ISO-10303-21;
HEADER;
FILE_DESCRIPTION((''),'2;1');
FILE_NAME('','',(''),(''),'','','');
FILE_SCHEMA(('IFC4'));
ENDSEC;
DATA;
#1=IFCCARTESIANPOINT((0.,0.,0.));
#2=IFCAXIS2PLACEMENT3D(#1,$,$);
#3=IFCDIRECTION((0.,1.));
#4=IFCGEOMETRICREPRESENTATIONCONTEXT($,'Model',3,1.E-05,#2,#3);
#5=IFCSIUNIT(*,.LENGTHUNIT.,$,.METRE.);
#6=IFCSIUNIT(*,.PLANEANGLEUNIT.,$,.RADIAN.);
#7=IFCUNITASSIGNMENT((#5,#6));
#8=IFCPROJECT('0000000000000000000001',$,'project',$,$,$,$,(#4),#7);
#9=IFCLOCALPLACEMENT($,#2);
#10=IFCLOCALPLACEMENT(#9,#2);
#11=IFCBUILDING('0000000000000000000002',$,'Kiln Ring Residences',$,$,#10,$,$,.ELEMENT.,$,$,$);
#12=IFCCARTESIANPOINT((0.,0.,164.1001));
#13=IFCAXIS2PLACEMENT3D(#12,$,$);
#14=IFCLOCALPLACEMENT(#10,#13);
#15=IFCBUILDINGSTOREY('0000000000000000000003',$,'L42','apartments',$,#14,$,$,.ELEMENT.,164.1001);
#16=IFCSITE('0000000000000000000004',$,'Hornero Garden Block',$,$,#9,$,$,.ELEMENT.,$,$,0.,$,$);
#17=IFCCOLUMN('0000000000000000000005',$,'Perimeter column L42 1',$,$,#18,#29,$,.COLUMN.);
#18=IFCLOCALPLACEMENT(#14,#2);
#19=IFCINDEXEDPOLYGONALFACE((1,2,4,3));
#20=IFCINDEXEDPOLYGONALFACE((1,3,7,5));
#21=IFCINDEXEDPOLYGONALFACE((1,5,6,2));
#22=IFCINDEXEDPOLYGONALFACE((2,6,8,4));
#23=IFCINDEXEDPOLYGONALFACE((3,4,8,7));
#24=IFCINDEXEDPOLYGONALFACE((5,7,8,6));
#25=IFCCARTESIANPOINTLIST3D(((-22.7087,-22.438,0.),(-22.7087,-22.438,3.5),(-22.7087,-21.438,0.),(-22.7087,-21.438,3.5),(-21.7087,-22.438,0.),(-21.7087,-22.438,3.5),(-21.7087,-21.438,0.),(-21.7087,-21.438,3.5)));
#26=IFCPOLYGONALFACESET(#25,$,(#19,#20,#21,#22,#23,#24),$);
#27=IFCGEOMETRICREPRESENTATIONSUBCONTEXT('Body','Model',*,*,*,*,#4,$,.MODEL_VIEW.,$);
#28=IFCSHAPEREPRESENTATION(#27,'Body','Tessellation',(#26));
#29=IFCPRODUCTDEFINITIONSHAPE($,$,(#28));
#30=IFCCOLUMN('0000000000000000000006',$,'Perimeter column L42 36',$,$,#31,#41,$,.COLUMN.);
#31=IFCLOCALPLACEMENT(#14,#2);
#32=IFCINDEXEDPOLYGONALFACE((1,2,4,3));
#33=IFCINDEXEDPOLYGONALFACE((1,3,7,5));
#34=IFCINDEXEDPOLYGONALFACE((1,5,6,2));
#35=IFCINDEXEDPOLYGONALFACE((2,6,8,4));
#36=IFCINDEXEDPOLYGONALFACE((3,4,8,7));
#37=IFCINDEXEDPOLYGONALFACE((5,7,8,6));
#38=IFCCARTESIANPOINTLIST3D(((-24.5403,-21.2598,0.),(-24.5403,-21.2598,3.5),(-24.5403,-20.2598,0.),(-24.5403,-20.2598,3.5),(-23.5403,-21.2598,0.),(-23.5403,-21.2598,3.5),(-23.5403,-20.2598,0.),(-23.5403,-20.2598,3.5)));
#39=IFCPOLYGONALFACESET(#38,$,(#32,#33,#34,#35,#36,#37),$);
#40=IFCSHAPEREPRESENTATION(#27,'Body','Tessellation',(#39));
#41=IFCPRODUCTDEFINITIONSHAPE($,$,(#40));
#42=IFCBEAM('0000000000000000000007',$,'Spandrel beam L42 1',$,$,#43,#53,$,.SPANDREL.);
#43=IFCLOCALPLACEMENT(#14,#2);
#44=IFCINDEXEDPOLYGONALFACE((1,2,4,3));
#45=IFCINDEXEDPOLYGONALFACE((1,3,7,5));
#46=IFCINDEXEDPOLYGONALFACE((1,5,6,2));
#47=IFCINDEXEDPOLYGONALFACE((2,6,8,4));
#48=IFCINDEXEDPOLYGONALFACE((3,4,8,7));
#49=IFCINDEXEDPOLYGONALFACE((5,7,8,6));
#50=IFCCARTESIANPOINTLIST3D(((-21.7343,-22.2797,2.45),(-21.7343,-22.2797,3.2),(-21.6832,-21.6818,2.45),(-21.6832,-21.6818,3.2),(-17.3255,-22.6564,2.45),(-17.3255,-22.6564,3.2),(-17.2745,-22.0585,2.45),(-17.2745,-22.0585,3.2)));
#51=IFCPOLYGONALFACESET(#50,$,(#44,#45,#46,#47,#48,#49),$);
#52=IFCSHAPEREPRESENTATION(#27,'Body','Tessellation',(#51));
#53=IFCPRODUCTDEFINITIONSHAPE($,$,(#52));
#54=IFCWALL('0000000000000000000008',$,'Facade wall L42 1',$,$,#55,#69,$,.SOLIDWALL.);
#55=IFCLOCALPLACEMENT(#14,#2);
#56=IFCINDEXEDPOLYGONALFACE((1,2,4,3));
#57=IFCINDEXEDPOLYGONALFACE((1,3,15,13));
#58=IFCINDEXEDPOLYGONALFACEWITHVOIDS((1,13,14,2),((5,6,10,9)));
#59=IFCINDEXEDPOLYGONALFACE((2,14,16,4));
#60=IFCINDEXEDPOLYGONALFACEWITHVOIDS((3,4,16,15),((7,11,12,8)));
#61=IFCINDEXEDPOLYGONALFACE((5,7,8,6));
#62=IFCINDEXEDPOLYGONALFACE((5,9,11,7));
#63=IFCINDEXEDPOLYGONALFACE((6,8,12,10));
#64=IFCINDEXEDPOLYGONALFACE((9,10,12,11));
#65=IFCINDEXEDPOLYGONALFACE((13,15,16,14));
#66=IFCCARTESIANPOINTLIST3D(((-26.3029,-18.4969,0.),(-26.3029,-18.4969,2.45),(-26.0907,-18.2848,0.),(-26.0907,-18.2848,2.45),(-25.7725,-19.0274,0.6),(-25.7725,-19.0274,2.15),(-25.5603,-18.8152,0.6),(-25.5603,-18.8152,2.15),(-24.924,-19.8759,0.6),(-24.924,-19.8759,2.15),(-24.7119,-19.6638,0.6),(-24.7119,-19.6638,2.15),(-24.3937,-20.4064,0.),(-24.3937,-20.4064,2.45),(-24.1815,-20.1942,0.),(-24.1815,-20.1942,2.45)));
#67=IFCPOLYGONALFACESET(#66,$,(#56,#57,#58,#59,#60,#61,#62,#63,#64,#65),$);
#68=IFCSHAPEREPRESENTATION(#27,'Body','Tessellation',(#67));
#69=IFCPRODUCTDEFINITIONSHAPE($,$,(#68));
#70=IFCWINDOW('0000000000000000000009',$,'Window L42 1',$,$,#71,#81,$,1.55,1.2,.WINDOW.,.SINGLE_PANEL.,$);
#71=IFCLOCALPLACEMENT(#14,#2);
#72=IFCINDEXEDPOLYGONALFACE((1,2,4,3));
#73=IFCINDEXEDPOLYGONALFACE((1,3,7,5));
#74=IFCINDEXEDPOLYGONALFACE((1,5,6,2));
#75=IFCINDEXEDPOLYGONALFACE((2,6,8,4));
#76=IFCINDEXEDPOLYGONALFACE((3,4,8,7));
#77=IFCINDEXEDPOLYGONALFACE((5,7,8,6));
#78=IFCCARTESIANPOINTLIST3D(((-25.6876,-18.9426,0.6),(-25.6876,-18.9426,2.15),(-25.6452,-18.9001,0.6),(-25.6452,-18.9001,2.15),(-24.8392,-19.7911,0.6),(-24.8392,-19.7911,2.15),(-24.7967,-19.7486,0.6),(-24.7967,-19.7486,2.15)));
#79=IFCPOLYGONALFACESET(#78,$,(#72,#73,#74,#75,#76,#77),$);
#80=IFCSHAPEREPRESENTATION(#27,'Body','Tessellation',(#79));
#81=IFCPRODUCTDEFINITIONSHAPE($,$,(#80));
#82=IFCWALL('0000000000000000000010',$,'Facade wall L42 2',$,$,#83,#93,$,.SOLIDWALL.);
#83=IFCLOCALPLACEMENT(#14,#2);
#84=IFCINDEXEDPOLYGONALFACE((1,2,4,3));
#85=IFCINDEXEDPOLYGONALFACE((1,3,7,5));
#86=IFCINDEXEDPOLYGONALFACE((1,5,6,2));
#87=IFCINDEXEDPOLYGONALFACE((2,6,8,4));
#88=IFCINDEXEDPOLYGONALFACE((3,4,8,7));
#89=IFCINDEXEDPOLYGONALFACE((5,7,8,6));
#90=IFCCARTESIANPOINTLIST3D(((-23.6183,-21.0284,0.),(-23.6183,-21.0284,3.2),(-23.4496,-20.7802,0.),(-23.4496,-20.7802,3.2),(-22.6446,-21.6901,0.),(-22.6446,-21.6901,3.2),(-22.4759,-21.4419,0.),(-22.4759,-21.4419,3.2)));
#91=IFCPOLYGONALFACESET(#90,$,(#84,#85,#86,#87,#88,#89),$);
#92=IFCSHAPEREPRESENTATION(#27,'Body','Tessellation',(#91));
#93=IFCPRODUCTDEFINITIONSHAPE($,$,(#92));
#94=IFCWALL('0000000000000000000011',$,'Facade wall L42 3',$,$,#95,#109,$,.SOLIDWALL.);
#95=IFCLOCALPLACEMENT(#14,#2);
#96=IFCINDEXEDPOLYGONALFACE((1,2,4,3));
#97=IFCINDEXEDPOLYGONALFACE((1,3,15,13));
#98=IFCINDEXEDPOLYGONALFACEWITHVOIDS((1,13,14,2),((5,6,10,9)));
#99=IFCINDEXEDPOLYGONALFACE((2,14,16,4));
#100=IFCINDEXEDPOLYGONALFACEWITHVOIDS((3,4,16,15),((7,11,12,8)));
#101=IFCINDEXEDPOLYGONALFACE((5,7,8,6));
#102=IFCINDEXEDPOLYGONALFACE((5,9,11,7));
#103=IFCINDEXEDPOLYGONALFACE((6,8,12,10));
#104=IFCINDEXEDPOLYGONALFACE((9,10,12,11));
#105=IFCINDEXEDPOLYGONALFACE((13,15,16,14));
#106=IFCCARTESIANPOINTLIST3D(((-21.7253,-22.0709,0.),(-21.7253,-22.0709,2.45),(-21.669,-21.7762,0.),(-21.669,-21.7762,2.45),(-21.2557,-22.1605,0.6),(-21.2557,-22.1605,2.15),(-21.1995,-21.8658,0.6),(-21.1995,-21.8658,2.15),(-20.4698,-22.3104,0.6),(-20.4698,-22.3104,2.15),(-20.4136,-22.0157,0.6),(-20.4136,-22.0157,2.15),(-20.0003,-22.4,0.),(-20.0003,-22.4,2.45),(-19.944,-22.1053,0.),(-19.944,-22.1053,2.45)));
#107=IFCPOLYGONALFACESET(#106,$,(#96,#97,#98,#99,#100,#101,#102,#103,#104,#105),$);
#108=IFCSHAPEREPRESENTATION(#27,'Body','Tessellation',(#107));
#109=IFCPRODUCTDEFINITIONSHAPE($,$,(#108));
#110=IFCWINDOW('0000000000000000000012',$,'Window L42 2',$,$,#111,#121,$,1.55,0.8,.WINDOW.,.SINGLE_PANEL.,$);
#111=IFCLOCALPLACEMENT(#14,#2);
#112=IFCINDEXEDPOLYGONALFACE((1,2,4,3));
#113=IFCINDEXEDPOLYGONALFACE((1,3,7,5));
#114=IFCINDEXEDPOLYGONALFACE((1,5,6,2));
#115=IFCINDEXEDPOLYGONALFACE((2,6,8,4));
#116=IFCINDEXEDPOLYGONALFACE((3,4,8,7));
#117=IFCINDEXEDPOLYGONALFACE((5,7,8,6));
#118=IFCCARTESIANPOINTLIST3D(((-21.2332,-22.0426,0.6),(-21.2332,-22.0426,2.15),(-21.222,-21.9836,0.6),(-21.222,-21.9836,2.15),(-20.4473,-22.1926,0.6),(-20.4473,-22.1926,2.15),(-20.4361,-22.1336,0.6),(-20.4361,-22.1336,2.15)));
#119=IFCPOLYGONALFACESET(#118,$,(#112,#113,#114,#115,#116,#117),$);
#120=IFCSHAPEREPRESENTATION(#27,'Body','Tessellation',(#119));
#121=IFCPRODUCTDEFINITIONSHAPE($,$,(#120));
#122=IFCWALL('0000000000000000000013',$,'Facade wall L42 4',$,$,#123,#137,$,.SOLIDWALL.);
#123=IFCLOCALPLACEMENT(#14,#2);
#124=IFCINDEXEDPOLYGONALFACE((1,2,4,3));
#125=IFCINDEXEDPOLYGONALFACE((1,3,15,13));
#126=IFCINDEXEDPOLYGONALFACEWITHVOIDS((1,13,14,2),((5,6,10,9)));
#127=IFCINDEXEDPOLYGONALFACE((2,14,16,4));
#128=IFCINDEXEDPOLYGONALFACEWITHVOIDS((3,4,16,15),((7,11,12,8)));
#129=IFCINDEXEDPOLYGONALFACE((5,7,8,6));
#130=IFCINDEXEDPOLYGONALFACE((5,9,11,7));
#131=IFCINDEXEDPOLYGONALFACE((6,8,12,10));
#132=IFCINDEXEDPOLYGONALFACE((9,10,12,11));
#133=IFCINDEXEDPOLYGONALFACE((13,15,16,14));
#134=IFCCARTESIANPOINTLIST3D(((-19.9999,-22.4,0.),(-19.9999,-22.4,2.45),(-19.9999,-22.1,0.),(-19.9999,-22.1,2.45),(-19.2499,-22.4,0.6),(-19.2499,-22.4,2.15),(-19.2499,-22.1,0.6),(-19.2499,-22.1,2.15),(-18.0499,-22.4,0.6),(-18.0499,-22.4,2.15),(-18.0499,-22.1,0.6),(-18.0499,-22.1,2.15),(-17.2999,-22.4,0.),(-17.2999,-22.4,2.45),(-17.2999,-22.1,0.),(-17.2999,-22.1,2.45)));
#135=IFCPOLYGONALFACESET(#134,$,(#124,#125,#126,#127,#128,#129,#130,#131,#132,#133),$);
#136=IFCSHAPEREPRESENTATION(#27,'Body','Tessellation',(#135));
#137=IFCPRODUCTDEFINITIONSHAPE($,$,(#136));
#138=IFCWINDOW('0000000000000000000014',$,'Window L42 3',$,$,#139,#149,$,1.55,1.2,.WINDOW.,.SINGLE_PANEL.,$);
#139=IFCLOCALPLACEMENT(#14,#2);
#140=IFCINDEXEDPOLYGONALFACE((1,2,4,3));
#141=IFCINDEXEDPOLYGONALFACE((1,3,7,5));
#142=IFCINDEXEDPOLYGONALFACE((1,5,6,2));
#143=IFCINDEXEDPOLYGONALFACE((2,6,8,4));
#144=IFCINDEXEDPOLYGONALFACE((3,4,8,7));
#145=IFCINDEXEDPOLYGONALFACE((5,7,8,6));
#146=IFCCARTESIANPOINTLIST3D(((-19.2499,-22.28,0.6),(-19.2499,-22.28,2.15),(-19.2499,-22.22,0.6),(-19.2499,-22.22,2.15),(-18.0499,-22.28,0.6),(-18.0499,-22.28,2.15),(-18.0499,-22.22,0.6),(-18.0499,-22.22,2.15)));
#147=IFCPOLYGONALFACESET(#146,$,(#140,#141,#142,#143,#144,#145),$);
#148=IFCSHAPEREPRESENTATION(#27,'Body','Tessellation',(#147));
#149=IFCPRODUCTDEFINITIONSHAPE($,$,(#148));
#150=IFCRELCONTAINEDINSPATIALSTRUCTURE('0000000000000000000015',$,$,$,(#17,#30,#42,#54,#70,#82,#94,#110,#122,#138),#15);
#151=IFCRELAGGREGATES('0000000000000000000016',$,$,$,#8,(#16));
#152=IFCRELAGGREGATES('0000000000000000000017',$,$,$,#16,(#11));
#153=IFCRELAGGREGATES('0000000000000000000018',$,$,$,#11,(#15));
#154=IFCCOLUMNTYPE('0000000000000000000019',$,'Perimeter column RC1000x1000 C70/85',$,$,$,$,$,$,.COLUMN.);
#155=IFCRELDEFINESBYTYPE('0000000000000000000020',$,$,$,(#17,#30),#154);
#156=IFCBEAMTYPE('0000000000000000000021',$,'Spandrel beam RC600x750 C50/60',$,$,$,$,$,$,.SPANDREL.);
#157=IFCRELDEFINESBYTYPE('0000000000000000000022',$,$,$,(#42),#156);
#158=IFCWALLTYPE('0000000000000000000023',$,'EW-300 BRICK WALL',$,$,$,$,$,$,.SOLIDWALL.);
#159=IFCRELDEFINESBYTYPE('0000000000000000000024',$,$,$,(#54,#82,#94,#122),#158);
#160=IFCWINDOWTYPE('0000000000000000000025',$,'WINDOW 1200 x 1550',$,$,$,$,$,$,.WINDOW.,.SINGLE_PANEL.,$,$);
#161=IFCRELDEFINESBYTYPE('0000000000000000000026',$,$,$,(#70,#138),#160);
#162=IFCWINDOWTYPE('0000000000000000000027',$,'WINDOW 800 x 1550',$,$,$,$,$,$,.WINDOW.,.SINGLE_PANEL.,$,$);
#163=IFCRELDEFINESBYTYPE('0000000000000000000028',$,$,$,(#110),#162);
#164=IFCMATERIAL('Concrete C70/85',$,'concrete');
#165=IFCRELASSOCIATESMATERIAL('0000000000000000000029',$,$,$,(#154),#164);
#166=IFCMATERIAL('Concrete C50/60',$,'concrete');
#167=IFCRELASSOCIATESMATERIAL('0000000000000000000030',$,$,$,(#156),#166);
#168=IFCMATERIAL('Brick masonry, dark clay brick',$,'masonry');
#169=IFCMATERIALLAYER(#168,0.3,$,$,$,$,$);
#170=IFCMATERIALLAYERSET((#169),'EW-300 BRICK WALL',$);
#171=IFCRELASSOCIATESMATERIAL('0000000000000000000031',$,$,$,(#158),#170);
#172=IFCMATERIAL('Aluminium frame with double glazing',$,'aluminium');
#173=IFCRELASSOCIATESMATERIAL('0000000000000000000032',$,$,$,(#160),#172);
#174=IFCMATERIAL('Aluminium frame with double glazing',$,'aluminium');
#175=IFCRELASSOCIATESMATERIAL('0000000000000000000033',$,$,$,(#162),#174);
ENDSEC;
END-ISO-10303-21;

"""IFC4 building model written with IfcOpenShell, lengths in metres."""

from ifc_helpers import new_model, si_unit, direction, frame, frame_2d, origin, origin_2d, place, context, subcontext, project, spatial, rectangle, extrude, material, layer, layer_set, material_profile, profile_set, type_object, element, fill, save


model = new_model("IFC4")

# Units and contexts
model_context = context("Model", 3, precision=1e-05, world=origin(), true_north=direction((0.0, 1.0)))
body_context = subcontext(model_context, "Body", "Model", "MODEL_VIEW")
ifc_project = project(units=[si_unit("LENGTHUNIT", "METRE"), si_unit("PLANEANGLEUNIT", "RADIAN")], contexts=[model_context])

# Site, building, storey
site_placement = place(None, origin())
site = spatial("IfcSite", under=ifc_project, at=site_placement, Name="Hornero Garden Block", CompositionType="ELEMENT", RefElevation=0.0)
building_placement = place(site_placement, origin())
building = spatial("IfcBuilding", under=site, at=building_placement, Name="Kiln Ring Residences", CompositionType="ELEMENT")
storey_placement = place(building_placement, frame((0.0, 0.0, 164.1001)))
storey = spatial("IfcBuildingStorey", under=building, at=storey_placement, Name="L42", Description="apartments", CompositionType="ELEMENT", Elevation=164.1001)

# Columns
ifc_material_1 = material(Name="Concrete C70/85", Category="concrete")
ifc_material_profile_1 = material_profile(ifc_material_1, rectangle(XDim=1.0, YDim=1.0, at=origin_2d()), Name="RC1000x1000")
ifc_profile_set_1 = profile_set([ifc_material_profile_1], Name="Concrete C70/85")
column_type = type_object("IfcColumnType", Name="Perimeter column RC1000x1000 C70/85", PredefinedType="COLUMN", material=ifc_profile_set_1)
for number, where, z_axis, x_axis, name in (
    (1, (-22.2087, -21.938, 0.0), (0.0, 0.0, 1.0), (1.0, 0.0, 0.0), "Perimeter column L42 1"),
    (2, (-24.0403, -20.7598, 0.0), (0.0, 0.0, 1.0), (1.0, 0.0, 0.0), "Perimeter column L42 36"),
):
    element("IfcColumn", number, at=place(storey_placement, frame(where, z_axis=z_axis, x_axis=x_axis)), inside=storey, type_object=column_type, Name=name, PredefinedType="COLUMN", context=body_context, shape_type="SweptSolid", body=[
        extrude(rectangle(XDim=1.0, YDim=1.0, at=origin_2d()), origin(), (0.0, 0.0, 1.0), 3.5),
    ])

# Beam
ifc_material_2 = material(Name="Concrete C50/60", Category="concrete")
ifc_material_profile_2 = material_profile(ifc_material_2, rectangle(XDim=0.6001, YDim=0.75, at=origin_2d()), Name="RC600x750")
ifc_profile_set_2 = profile_set([ifc_material_profile_2], Name="Concrete C50/60")
beam_type = type_object("IfcBeamType", Name="Spandrel beam RC600x750 C50/60", PredefinedType="SPANDREL", material=ifc_profile_set_2)
beam_placement = place(storey_placement, frame((-21.7087, -21.9807, 2.825), z_axis=(0.996369, -0.085137, 0.0), x_axis=(0.085137, 0.996369, 0.0)))
element("IfcBeam", 3, at=beam_placement, inside=storey, type_object=beam_type, Name="Spandrel beam L42 1", PredefinedType="SPANDREL", context=body_context, shape_type="SweptSolid", body=[
    extrude(rectangle(XDim=0.6001, YDim=0.75, at=origin_2d()), origin(), (0.0, 0.0, 1.0), 4.4248),
])

# Wall, opening, window
ifc_material_3 = material(Name="Brick masonry, dark clay brick", Category="masonry")
ifc_layer_1 = layer(ifc_material_3, 0.3)
ifc_layer_set_1 = layer_set([ifc_layer_1], Name="EW-300 BRICK WALL")
wall_type_1 = type_object("IfcWallType", Name="EW-300 BRICK WALL", PredefinedType="SOLIDWALL", material=ifc_layer_set_1)
wall_1_placement = place(storey_placement, frame((-26.1968, -18.3909, 0.0), z_axis=(0.0, 0.0, 1.0), x_axis=(0.707062, -0.707152, 0.0)))
wall_1 = element("IfcWall", 4, at=wall_1_placement, inside=storey, type_object=wall_type_1, Name="Facade wall L42 1", PredefinedType="SOLIDWALL", context=body_context, shape_type="SweptSolid", body=[
    extrude(rectangle(XDim=2.7002, YDim=0.3, at=frame_2d((1.3501, 0.0))), origin(), (0.0, 0.0, 1.0), 2.45),
])
opening_1_placement = place(wall_1_placement, frame((0.75, 0.0, 0.6001)))
opening_1 = element("IfcOpeningElement", 5, at=opening_1_placement, cuts=wall_1, PredefinedType="OPENING", context=body_context, shape_type="SweptSolid", body=[
    extrude(rectangle(XDim=1.2, YDim=1.55, at=frame_2d((0.6001, 0.7749))), frame((0.0, 0.1599, 0.0), z_axis=(0.0, -1.0, 0.0), x_axis=(1.0, 0.0, 0.0)), (0.0, 0.0, 1.0), 0.3201),
])
ifc_material_4 = material(Name="Aluminium frame with double glazing", Category="aluminium")
window_type_1 = type_object("IfcWindowType", Name="WINDOW 1200 x 1550", PartitioningType="SINGLE_PANEL", PredefinedType="WINDOW", material=ifc_material_4)
window_1_placement = place(opening_1_placement, origin())
window_1 = element("IfcWindow", 6, at=window_1_placement, inside=storey, type_object=window_type_1, Name="Window L42 1", OverallHeight=1.55, OverallWidth=1.2, PartitioningType="SINGLE_PANEL", PredefinedType="WINDOW", context=body_context, shape_type="SweptSolid", body=[
    extrude(rectangle(XDim=1.2, YDim=1.55, at=frame_2d((0.6001, 0.7749))), frame((0.0, 0.03, 0.0), z_axis=(0.0, -1.0, 0.0), x_axis=(1.0, 0.0, 0.0)), (0.0, 0.0, 1.0), 0.0601),
])
fill(opening_1, window_1)

# Wall
wall_2_placement = place(storey_placement, frame((-23.5339, -20.9043, 0.0), z_axis=(0.0, 0.0, 1.0), x_axis=(0.827104, -0.562049, 0.0)))
element("IfcWall", 7, at=wall_2_placement, inside=storey, type_object=wall_type_1, Name="Facade wall L42 2", PredefinedType="SOLIDWALL", context=body_context, shape_type="SweptSolid", body=[
    extrude(rectangle(XDim=1.1772, YDim=0.3, at=frame_2d((0.5886, 0.0))), origin(), (0.0, 0.0, 1.0), 3.2),
])

# Walls, openings, windows
wall_3_placement = place(storey_placement, frame((-21.697, -21.9236, 0.0), z_axis=(0.0, 0.0, 1.0), x_axis=(0.982285, -0.187393, 0.0)))
wall_3 = element("IfcWall", 8, at=wall_3_placement, inside=storey, type_object=wall_type_1, Name="Facade wall L42 3", PredefinedType="SOLIDWALL", context=body_context, shape_type="SweptSolid", body=[
    extrude(rectangle(XDim=1.7561, YDim=0.3, at=frame_2d((0.8779, 0.0))), origin(), (0.0, 0.0, 1.0), 2.45),
])
opening_2_placement = place(wall_3_placement, frame((0.478, 0.0, 0.6001)))
opening_2 = element("IfcOpeningElement", 9, at=opening_2_placement, cuts=wall_3, PredefinedType="OPENING", context=body_context, shape_type="SweptSolid", body=[
    extrude(rectangle(XDim=0.8, YDim=1.55, at=frame_2d((0.3999, 0.7749))), frame((0.0, 0.1599, 0.0), z_axis=(0.0, -1.0, 0.0), x_axis=(1.0, 0.0, 0.0)), (0.0, 0.0, 1.0), 0.3201),
])
ifc_material_5 = material(Name="Aluminium frame with double glazing", Category="aluminium")
window_type_2 = type_object("IfcWindowType", Name="WINDOW 800 x 1550", PartitioningType="SINGLE_PANEL", PredefinedType="WINDOW", material=ifc_material_5)
window_2_placement = place(opening_2_placement, origin())
window_2 = element("IfcWindow", 10, at=window_2_placement, inside=storey, type_object=window_type_2, Name="Window L42 2", OverallHeight=1.55, OverallWidth=0.8, PartitioningType="SINGLE_PANEL", PredefinedType="WINDOW", context=body_context, shape_type="SweptSolid", body=[
    extrude(rectangle(XDim=0.8, YDim=1.55, at=frame_2d((0.3999, 0.7749))), frame((0.0, 0.03, 0.0), z_axis=(0.0, -1.0, 0.0), x_axis=(1.0, 0.0, 0.0)), (0.0, 0.0, 1.0), 0.0601),
])
fill(opening_2, window_2)
wall_4_placement = place(storey_placement, frame((-20.0, -22.25, 0.0), z_axis=(0.0, 0.0, 1.0), x_axis=(1.0, 0.0, 0.0)))
wall_4 = element("IfcWall", 11, at=wall_4_placement, inside=storey, type_object=wall_type_1, Name="Facade wall L42 4", PredefinedType="SOLIDWALL", context=body_context, shape_type="SweptSolid", body=[
    extrude(rectangle(XDim=2.7, YDim=0.3, at=frame_2d((1.3501, 0.0))), origin(), (0.0, 0.0, 1.0), 2.45),
])
opening_3_placement = place(wall_4_placement, frame((0.75, 0.0, 0.6001)))
opening_3 = element("IfcOpeningElement", 12, at=opening_3_placement, cuts=wall_4, PredefinedType="OPENING", context=body_context, shape_type="SweptSolid", body=[
    extrude(rectangle(XDim=1.2, YDim=1.55, at=frame_2d((0.6001, 0.7749))), frame((0.0, 0.1599, 0.0), z_axis=(0.0, -1.0, 0.0), x_axis=(1.0, 0.0, 0.0)), (0.0, 0.0, 1.0), 0.3201),
])
window_3_placement = place(opening_3_placement, origin())
window_3 = element("IfcWindow", 13, at=window_3_placement, inside=storey, type_object=window_type_1, Name="Window L42 3", OverallHeight=1.55, OverallWidth=1.2, PartitioningType="SINGLE_PANEL", PredefinedType="WINDOW", context=body_context, shape_type="SweptSolid", body=[
    extrude(rectangle(XDim=1.2, YDim=1.55, at=frame_2d((0.6001, 0.7749))), frame((0.0, 0.03, 0.0), z_axis=(0.0, -1.0, 0.0), x_axis=(1.0, 0.0, 0.0)), (0.0, 0.0, 1.0), 0.0601),
])
fill(opening_3, window_3)

save(model, "model.ifc")
